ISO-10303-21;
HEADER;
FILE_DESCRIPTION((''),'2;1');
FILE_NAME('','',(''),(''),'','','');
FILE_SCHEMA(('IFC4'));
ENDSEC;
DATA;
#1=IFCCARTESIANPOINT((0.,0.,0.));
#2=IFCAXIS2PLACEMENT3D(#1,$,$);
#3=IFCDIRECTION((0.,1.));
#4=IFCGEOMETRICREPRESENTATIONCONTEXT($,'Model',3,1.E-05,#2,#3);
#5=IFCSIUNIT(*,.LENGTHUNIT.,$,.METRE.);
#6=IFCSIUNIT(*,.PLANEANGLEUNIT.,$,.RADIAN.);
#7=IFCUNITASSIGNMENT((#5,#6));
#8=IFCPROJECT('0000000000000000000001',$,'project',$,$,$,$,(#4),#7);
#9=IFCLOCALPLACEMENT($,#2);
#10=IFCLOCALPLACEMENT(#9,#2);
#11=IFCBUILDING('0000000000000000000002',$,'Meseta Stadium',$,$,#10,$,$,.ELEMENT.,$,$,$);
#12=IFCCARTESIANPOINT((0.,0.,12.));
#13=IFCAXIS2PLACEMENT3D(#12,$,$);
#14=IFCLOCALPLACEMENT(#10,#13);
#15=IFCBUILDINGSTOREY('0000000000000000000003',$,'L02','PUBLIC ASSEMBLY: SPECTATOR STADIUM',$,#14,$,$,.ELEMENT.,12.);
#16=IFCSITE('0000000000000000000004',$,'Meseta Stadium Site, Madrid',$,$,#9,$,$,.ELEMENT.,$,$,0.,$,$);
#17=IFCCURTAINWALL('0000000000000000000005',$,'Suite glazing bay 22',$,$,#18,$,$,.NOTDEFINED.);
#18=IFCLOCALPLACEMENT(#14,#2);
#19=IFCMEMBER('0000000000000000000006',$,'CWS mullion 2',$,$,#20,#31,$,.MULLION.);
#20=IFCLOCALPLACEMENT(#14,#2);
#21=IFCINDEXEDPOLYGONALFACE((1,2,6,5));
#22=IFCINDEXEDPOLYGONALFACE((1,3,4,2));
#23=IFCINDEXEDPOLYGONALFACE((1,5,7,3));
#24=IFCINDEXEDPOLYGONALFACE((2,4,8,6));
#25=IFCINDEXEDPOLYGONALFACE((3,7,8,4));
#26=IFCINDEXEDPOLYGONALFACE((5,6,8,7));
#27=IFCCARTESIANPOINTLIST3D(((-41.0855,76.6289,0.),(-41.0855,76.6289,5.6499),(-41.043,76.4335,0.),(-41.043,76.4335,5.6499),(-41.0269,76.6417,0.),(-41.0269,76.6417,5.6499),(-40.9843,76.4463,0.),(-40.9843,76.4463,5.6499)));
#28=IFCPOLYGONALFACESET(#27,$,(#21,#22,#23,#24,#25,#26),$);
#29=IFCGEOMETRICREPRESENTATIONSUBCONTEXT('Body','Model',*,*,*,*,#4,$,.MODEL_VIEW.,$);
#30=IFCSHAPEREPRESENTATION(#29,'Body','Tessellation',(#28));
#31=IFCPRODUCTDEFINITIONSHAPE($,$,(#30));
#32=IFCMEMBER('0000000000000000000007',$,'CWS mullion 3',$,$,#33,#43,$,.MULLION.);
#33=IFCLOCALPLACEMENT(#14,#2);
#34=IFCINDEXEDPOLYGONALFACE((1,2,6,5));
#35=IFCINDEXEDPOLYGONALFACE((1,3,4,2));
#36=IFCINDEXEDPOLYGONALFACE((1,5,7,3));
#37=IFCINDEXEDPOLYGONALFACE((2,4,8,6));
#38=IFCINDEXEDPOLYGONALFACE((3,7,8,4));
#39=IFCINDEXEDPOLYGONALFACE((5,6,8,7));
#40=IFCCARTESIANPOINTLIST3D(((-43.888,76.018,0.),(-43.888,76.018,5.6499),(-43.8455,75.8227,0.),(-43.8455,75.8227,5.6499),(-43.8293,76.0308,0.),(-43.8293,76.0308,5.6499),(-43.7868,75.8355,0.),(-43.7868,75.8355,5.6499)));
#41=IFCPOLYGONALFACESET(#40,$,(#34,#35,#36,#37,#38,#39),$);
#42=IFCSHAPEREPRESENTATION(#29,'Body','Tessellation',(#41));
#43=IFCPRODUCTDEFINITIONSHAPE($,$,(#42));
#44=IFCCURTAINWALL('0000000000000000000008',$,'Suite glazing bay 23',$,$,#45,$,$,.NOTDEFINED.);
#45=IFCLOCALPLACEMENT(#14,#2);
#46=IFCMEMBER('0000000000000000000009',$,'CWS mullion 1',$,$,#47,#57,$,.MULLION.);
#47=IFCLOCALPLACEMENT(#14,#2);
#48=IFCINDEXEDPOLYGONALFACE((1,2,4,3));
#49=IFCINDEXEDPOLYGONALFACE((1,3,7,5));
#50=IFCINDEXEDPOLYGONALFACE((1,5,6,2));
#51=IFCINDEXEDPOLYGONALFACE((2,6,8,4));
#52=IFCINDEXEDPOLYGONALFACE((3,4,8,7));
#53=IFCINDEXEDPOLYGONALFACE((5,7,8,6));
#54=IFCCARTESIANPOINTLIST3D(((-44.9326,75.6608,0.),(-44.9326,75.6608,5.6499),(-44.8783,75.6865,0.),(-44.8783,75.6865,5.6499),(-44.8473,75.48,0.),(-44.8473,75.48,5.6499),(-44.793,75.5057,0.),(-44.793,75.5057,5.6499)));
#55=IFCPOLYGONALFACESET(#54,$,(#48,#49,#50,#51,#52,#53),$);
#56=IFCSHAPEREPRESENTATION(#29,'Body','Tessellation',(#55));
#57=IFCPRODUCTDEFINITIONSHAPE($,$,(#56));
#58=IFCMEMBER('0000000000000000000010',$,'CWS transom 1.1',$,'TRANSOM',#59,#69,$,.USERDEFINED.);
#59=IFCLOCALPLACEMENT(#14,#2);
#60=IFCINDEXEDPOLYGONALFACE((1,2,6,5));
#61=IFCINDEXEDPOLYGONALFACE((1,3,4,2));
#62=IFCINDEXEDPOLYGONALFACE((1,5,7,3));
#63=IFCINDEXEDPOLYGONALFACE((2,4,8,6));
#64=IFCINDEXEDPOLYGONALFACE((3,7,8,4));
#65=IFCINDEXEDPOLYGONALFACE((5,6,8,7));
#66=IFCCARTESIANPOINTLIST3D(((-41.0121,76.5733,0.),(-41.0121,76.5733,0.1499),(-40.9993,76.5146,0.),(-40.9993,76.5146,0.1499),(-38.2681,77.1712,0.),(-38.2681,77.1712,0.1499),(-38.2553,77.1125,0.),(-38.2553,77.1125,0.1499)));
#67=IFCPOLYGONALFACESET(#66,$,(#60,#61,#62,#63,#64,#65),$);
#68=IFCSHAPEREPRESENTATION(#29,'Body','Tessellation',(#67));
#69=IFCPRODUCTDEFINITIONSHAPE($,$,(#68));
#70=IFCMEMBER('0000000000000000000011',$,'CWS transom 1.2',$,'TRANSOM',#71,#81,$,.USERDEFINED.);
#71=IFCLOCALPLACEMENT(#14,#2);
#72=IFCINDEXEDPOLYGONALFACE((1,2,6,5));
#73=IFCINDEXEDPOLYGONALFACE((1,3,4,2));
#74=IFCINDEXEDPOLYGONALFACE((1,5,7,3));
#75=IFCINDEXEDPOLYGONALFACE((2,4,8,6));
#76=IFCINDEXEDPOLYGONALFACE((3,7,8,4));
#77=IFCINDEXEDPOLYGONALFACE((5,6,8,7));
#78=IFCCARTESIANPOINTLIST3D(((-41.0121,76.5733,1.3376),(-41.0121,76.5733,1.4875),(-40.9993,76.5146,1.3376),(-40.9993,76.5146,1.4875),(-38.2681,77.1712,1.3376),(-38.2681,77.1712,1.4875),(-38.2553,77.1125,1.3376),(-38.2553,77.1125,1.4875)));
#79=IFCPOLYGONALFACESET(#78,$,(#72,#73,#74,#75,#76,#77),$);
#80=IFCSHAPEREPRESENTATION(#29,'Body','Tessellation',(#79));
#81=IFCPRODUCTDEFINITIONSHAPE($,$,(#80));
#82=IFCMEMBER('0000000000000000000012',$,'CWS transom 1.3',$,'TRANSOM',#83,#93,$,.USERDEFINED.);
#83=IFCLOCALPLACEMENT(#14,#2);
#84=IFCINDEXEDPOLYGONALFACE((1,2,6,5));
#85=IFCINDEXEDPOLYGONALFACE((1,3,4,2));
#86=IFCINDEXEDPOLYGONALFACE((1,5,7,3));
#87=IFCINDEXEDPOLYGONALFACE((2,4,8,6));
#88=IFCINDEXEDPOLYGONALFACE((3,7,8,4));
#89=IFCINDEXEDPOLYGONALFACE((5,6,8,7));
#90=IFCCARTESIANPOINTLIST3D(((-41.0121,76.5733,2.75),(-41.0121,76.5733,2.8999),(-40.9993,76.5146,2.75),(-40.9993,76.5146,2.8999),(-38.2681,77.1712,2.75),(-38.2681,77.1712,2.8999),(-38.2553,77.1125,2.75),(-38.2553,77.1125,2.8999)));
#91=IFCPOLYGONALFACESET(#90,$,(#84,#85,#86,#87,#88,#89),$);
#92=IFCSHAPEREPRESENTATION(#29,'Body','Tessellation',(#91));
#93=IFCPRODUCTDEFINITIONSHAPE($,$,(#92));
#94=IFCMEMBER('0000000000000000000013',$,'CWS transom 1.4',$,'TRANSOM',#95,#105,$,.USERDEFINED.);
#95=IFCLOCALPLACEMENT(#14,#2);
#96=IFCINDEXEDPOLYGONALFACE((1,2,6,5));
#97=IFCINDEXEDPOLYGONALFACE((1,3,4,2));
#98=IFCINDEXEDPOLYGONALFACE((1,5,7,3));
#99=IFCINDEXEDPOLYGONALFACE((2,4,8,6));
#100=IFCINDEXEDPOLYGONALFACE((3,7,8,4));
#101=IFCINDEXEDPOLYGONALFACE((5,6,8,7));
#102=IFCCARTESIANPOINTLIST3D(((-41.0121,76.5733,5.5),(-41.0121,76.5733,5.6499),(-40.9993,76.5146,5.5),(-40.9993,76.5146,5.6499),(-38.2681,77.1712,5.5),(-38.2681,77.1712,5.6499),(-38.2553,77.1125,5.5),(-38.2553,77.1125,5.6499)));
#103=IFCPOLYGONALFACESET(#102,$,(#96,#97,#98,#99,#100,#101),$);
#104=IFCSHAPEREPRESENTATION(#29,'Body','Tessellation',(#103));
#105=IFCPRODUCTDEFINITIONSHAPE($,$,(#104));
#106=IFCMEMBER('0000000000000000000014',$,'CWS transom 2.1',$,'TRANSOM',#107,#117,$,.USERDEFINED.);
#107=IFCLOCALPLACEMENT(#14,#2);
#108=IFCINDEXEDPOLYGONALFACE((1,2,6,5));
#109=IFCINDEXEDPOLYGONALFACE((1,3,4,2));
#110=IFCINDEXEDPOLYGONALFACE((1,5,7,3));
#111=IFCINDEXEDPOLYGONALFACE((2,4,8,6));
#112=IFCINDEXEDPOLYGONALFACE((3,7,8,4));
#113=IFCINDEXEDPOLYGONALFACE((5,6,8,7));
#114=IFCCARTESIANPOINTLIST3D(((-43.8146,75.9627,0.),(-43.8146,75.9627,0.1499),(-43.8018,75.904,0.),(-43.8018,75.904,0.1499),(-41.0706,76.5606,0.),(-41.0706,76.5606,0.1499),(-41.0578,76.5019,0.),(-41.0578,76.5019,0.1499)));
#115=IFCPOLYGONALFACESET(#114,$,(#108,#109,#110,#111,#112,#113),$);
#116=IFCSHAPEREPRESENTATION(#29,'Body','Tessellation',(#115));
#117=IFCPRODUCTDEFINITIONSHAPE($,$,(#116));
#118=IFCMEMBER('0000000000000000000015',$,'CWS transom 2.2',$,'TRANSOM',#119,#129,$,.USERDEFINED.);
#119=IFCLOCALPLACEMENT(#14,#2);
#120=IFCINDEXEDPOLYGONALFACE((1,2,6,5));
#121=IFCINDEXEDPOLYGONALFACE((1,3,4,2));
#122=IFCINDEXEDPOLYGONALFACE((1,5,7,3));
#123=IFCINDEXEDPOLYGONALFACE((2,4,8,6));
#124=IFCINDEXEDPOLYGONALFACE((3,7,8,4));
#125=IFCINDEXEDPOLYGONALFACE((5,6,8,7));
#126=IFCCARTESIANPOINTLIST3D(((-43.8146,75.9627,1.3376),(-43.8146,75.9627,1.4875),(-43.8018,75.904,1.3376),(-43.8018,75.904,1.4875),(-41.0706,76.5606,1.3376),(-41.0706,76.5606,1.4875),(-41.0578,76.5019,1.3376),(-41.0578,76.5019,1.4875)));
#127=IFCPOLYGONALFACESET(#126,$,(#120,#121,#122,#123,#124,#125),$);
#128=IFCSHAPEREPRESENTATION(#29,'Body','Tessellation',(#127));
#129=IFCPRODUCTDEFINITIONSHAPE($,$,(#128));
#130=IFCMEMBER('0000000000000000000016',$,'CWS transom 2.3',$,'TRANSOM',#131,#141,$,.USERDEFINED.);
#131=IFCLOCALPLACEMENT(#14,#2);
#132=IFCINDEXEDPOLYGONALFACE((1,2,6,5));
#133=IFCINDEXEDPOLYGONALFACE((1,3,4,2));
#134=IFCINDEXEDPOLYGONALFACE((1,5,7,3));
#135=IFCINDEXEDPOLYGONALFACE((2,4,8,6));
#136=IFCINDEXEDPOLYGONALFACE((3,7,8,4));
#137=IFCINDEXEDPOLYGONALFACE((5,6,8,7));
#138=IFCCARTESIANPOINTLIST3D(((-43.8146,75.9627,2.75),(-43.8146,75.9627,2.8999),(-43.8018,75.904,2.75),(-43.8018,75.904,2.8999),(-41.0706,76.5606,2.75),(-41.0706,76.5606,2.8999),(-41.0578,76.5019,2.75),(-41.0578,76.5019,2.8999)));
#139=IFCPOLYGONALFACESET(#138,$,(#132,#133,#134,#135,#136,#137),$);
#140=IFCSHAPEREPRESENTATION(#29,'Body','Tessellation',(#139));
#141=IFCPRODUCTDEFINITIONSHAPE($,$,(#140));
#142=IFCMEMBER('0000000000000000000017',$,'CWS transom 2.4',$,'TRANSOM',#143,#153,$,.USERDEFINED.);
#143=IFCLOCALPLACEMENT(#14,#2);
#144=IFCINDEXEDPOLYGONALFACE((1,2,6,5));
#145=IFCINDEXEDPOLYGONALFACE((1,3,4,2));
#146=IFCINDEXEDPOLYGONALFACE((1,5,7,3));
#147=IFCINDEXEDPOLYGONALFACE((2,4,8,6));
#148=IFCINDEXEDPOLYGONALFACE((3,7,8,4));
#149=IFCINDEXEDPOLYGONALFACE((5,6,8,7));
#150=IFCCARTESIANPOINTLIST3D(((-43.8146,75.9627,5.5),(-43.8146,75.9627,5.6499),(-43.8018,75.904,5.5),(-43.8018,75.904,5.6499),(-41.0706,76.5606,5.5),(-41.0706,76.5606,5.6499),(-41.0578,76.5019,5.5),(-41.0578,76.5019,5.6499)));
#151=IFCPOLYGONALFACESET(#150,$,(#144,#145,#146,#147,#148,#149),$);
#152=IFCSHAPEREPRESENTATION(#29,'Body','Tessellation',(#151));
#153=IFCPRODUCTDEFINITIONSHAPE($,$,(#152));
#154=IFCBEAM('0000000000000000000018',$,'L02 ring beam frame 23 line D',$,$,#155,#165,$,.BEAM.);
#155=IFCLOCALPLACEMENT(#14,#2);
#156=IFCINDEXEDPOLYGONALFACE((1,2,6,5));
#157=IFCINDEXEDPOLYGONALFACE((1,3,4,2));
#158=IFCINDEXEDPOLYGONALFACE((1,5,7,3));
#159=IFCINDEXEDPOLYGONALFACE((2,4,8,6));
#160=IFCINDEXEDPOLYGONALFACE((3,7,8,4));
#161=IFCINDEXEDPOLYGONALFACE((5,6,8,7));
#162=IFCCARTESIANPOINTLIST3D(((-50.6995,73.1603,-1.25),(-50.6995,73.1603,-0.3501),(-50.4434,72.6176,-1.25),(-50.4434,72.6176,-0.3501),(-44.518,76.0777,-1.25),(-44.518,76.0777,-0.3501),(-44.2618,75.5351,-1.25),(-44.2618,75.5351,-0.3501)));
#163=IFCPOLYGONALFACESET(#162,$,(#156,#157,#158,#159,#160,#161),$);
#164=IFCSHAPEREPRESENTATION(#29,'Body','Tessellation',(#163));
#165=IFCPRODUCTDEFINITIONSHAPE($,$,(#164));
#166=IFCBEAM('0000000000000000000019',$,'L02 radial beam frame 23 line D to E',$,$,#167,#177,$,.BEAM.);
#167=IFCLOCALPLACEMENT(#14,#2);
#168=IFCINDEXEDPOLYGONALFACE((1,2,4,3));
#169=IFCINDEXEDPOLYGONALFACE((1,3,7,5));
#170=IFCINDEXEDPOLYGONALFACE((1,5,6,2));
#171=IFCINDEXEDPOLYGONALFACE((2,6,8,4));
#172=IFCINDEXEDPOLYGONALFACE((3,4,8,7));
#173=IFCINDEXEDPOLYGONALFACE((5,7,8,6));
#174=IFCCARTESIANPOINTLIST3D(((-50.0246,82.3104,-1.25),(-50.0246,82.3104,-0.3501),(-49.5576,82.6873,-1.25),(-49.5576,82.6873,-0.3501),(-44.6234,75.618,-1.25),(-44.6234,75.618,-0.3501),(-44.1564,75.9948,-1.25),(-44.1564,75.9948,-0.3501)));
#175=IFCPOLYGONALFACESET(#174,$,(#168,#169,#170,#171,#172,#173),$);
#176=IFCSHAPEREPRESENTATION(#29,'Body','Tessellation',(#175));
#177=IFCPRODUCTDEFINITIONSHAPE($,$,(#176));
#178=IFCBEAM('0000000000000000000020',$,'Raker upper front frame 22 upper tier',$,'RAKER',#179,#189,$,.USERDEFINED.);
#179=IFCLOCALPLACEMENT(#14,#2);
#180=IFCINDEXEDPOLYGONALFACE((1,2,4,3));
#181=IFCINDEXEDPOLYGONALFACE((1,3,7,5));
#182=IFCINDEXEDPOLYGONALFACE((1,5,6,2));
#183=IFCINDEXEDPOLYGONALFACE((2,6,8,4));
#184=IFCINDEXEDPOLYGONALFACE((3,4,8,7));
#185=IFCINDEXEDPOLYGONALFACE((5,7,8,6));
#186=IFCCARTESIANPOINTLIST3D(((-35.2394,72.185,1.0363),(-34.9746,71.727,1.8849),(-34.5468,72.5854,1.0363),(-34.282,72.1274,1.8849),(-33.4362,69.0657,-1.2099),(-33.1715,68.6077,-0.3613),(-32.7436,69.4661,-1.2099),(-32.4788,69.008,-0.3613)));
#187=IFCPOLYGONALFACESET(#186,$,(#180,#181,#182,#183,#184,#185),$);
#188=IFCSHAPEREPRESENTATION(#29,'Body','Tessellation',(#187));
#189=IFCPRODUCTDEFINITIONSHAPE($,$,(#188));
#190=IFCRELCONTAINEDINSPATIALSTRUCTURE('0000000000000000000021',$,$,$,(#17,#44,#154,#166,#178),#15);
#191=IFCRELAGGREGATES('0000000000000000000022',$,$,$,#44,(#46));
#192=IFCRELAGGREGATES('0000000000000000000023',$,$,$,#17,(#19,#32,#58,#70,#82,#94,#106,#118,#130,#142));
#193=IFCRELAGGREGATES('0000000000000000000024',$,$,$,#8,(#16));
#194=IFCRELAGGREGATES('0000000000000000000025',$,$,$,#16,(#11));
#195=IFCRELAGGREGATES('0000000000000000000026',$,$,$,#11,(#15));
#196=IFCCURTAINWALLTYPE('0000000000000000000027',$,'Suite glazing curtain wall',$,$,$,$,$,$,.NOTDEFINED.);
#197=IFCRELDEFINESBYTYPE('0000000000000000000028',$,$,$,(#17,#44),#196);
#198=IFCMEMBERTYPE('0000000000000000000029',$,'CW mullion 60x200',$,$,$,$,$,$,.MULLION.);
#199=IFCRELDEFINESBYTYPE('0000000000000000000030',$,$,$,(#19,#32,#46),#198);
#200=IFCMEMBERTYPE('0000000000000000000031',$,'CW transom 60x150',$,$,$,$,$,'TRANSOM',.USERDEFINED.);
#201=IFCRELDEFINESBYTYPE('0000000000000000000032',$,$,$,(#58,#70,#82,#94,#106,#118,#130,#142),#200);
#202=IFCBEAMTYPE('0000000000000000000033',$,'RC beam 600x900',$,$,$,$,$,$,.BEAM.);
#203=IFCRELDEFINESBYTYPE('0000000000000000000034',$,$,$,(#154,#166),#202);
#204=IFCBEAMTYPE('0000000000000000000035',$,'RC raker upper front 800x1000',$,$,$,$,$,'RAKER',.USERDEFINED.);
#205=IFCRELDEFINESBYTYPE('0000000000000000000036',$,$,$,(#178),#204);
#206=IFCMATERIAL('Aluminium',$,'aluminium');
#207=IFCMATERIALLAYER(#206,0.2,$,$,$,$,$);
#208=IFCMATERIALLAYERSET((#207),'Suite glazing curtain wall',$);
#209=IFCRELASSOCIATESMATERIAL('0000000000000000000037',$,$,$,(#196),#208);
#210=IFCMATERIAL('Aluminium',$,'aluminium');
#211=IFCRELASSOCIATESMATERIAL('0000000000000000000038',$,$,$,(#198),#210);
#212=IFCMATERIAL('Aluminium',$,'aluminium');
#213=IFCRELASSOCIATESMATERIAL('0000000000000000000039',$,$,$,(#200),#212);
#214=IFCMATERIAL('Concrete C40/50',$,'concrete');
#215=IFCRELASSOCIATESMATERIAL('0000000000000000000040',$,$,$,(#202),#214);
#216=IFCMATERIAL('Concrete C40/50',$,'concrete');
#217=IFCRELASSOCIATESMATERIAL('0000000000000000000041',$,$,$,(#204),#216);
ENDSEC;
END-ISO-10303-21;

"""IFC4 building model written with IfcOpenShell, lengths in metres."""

from ifc_helpers import new_model, si_unit, direction, frame, origin, origin_2d, place, context, subcontext, project, spatial, rectangle, extrude, material, layer, layer_set, material_profile, profile_set, type_object, element, aggregate, save


model = new_model("IFC4")

# Units and contexts
model_context = context("Model", 3, precision=1e-05, world=origin(), true_north=direction((0.0, 1.0)))
body_context = subcontext(model_context, "Body", "Model", "MODEL_VIEW")
ifc_project = project(units=[si_unit("LENGTHUNIT", "METRE"), si_unit("PLANEANGLEUNIT", "RADIAN")], contexts=[model_context])

# Site, building, storey
site_placement = place(None, origin())
site = spatial("IfcSite", under=ifc_project, at=site_placement, Name="Meseta Stadium Site, Madrid", CompositionType="ELEMENT", RefElevation=0.0)
building_placement = place(site_placement, origin())
building = spatial("IfcBuilding", under=site, at=building_placement, Name="Meseta Stadium", CompositionType="ELEMENT")
storey_placement = place(building_placement, frame((0.0, 0.0, 12.0)))
storey = spatial("IfcBuildingStorey", under=building, at=storey_placement, Name="L02", Description="PUBLIC ASSEMBLY: SPECTATOR STADIUM", CompositionType="ELEMENT", Elevation=12.0)

# Curtain wall, members
ifc_material_1 = material(Name="Aluminium", Category="aluminium")
ifc_layer_1 = layer(ifc_material_1, 0.2)
ifc_layer_set_1 = layer_set([ifc_layer_1], Name="Suite glazing curtain wall")
curtain_wall_type = type_object("IfcCurtainWallType", Name="Suite glazing curtain wall", PredefinedType="NOTDEFINED", material=ifc_layer_set_1)
curtain_wall_1_placement = place(storey_placement, origin())
curtain_wall_1 = element("IfcCurtainWall", 1, at=curtain_wall_1_placement, inside=storey, type_object=curtain_wall_type, Name="Suite glazing bay 22", PredefinedType="NOTDEFINED")
ifc_material_2 = material(Name="Aluminium", Category="aluminium")
ifc_material_profile_1 = material_profile(ifc_material_2, rectangle(XDim=0.2, YDim=0.0601, at=origin_2d()), Name="CW 200x60")
ifc_profile_set_1 = profile_set([ifc_material_profile_1], Name="Aluminium")
member_type_1 = type_object("IfcMemberType", Name="CW mullion 60x200", PredefinedType="MULLION", material=ifc_profile_set_1)
member_1_placement = place(storey_placement, frame((-41.0349, 76.5376, 0.0), z_axis=(0.0, 0.0, 1.0), x_axis=(0.212917, -0.97707, 0.0)))
member_1 = element("IfcMember", 2, at=member_1_placement, type_object=member_type_1, Name="CWS mullion 2", PredefinedType="MULLION", context=body_context, shape_type="SweptSolid", body=[
    extrude(rectangle(XDim=0.2, YDim=0.0601, at=origin_2d()), origin(), (0.0, 0.0, 1.0), 5.6499),
])
member_2_placement = place(storey_placement, frame((-43.8374, 75.9268, 0.0), z_axis=(0.0, 0.0, 1.0), x_axis=(0.212917, -0.97707, 0.0)))
member_2 = element("IfcMember", 3, at=member_2_placement, type_object=member_type_1, Name="CWS mullion 3", PredefinedType="MULLION", context=body_context, shape_type="SweptSolid", body=[
    extrude(rectangle(XDim=0.2, YDim=0.0601, at=origin_2d()), origin(), (0.0, 0.0, 1.0), 5.6499),
])

# Curtain wall, member
curtain_wall_2_placement = place(storey_placement, origin())
curtain_wall_2 = element("IfcCurtainWall", 4, at=curtain_wall_2_placement, inside=storey, type_object=curtain_wall_type, Name="Suite glazing bay 23", PredefinedType="NOTDEFINED")
member_3_placement = place(storey_placement, frame((-44.8628, 75.5833, 0.0), z_axis=(0.0, 0.0, 1.0), x_axis=(0.426837, -0.904328, 0.0)))
member_3 = element("IfcMember", 5, at=member_3_placement, type_object=member_type_1, Name="CWS mullion 1", PredefinedType="MULLION", context=body_context, shape_type="SweptSolid", body=[
    extrude(rectangle(XDim=0.2, YDim=0.0601, at=origin_2d()), origin(), (0.0, 0.0, 1.0), 5.6499),
])
aggregate(curtain_wall_2, [member_3])

# Members
ifc_material_3 = material(Name="Aluminium", Category="aluminium")
ifc_material_profile_2 = material_profile(ifc_material_3, rectangle(XDim=0.0601, YDim=0.1499, at=origin_2d()), Name="CW 60x150")
ifc_profile_set_2 = profile_set([ifc_material_profile_2], Name="Aluminium")
member_type_2 = type_object("IfcMemberType", Name="CW transom 60x150", ElementType="TRANSOM", PredefinedType="USERDEFINED", material=ifc_profile_set_2)
member_4_placement = place(storey_placement, frame((-38.2617, 77.1418, 0.075), z_axis=(-0.977073, -0.212906, 0.0), x_axis=(0.212906, -0.977073, 0.0)))
member_4 = element("IfcMember", 6, at=member_4_placement, type_object=member_type_2, Name="CWS transom 1.1", ObjectType="TRANSOM", PredefinedType="USERDEFINED", context=body_context, shape_type="SweptSolid", body=[
    extrude(rectangle(XDim=0.0601, YDim=0.1499, at=origin_2d()), origin(), (0.0, 0.0, 1.0), 2.8083),
])
member_5_placement = place(storey_placement, frame((-38.2617, 77.1418, 1.4126), z_axis=(-0.977073, -0.212906, 0.0), x_axis=(0.212906, -0.977073, 0.0)))
member_5 = element("IfcMember", 7, at=member_5_placement, type_object=member_type_2, Name="CWS transom 1.2", ObjectType="TRANSOM", PredefinedType="USERDEFINED", context=body_context, shape_type="SweptSolid", body=[
    extrude(rectangle(XDim=0.0601, YDim=0.1499, at=origin_2d()), origin(), (0.0, 0.0, 1.0), 2.8083),
])
member_6_placement = place(storey_placement, frame((-38.2617, 77.1418, 2.825), z_axis=(-0.977073, -0.212906, 0.0), x_axis=(0.212906, -0.977073, 0.0)))
member_6 = element("IfcMember", 8, at=member_6_placement, type_object=member_type_2, Name="CWS transom 1.3", ObjectType="TRANSOM", PredefinedType="USERDEFINED", context=body_context, shape_type="SweptSolid", body=[
    extrude(rectangle(XDim=0.0601, YDim=0.1499, at=origin_2d()), origin(), (0.0, 0.0, 1.0), 2.8083),
])
member_7_placement = place(storey_placement, frame((-38.2617, 77.1418, 5.575), z_axis=(-0.977073, -0.212906, 0.0), x_axis=(0.212906, -0.977073, 0.0)))
member_7 = element("IfcMember", 9, at=member_7_placement, type_object=member_type_2, Name="CWS transom 1.4", ObjectType="TRANSOM", PredefinedType="USERDEFINED", context=body_context, shape_type="SweptSolid", body=[
    extrude(rectangle(XDim=0.0601, YDim=0.1499, at=origin_2d()), origin(), (0.0, 0.0, 1.0), 2.8083),
])
member_8_placement = place(storey_placement, frame((-41.0642, 76.5312, 0.075), z_axis=(-0.977073, -0.212906, 0.0), x_axis=(0.212906, -0.977073, 0.0)))
member_8 = element("IfcMember", 10, at=member_8_placement, type_object=member_type_2, Name="CWS transom 2.1", ObjectType="TRANSOM", PredefinedType="USERDEFINED", context=body_context, shape_type="SweptSolid", body=[
    extrude(rectangle(XDim=0.0601, YDim=0.1499, at=origin_2d()), origin(), (0.0, 0.0, 1.0), 2.8083),
])
member_9_placement = place(storey_placement, frame((-41.0642, 76.5312, 1.4126), z_axis=(-0.977073, -0.212906, 0.0), x_axis=(0.212906, -0.977073, 0.0)))
member_9 = element("IfcMember", 11, at=member_9_placement, type_object=member_type_2, Name="CWS transom 2.2", ObjectType="TRANSOM", PredefinedType="USERDEFINED", context=body_context, shape_type="SweptSolid", body=[
    extrude(rectangle(XDim=0.0601, YDim=0.1499, at=origin_2d()), origin(), (0.0, 0.0, 1.0), 2.8083),
])
member_10_placement = place(storey_placement, frame((-41.0642, 76.5312, 2.825), z_axis=(-0.977073, -0.212906, 0.0), x_axis=(0.212906, -0.977073, 0.0)))
member_10 = element("IfcMember", 12, at=member_10_placement, type_object=member_type_2, Name="CWS transom 2.3", ObjectType="TRANSOM", PredefinedType="USERDEFINED", context=body_context, shape_type="SweptSolid", body=[
    extrude(rectangle(XDim=0.0601, YDim=0.1499, at=origin_2d()), origin(), (0.0, 0.0, 1.0), 2.8083),
])
member_11_placement = place(storey_placement, frame((-41.0642, 76.5312, 5.575), z_axis=(-0.977073, -0.212906, 0.0), x_axis=(0.212906, -0.977073, 0.0)))
member_11 = element("IfcMember", 13, at=member_11_placement, type_object=member_type_2, Name="CWS transom 2.4", ObjectType="TRANSOM", PredefinedType="USERDEFINED", context=body_context, shape_type="SweptSolid", body=[
    extrude(rectangle(XDim=0.0601, YDim=0.1499, at=origin_2d()), origin(), (0.0, 0.0, 1.0), 2.8083),
])

# Beams
ifc_material_4 = material(Name="Concrete C40/50", Category="concrete")
ifc_material_profile_3 = material_profile(ifc_material_4, rectangle(XDim=0.6001, YDim=0.8999, at=origin_2d()), Name="RC 600x900")
ifc_profile_set_3 = profile_set([ifc_material_profile_3], Name="Concrete C40/50")
beam_type_1 = type_object("IfcBeamType", Name="RC beam 600x900", PredefinedType="BEAM", material=ifc_profile_set_3)
beam_1_placement = place(storey_placement, frame((-44.3899, 75.8064, -0.8), z_axis=(-0.904341, -0.426812, 0.0), x_axis=(0.426812, -0.904341, 0.0)))
element("IfcBeam", 14, at=beam_1_placement, inside=storey, type_object=beam_type_1, Name="L02 ring beam frame 23 line D", PredefinedType="BEAM", context=body_context, shape_type="SweptSolid", body=[
    extrude(rectangle(XDim=0.6001, YDim=0.8999, at=origin_2d()), origin(), (0.0, 0.0, 1.0), 6.8354),
])
beam_2_placement = place(storey_placement, frame((-44.3899, 75.8064, -0.8), z_axis=(-0.628037, 0.778183, 0.0), x_axis=(-0.778183, -0.628037, 0.0)))
element("IfcBeam", 15, at=beam_2_placement, inside=storey, type_object=beam_type_1, Name="L02 radial beam frame 23 line D to E", PredefinedType="BEAM", context=body_context, shape_type="SweptSolid", body=[
    extrude(rectangle(XDim=0.6001, YDim=0.8999, at=origin_2d()), origin(), (0.0, 0.0, 1.0), 8.6001),
])
ifc_material_5 = material(Name="Concrete C40/50", Category="concrete")
ifc_material_profile_4 = material_profile(ifc_material_5, rectangle(XDim=0.8, YDim=1.0, at=origin_2d()), Name="RC 800x1000")
ifc_profile_set_4 = profile_set([ifc_material_profile_4], Name="Concrete C40/50")
beam_type_2 = type_object("IfcBeamType", Name="RC raker upper front 800x1000", ElementType="RAKER", PredefinedType="USERDEFINED", material=ifc_profile_set_4)
beam_3_placement = place(storey_placement, frame((-32.9575, 69.0369, -0.7856), z_axis=(-0.424691, 0.734671, 0.529053), x_axis=(-0.865755, -0.500467, 0.0)))
element("IfcBeam", 16, at=beam_3_placement, inside=storey, type_object=beam_type_2, Name="Raker upper front frame 22 upper tier", ObjectType="RAKER", PredefinedType="USERDEFINED", context=body_context, shape_type="SweptSolid", body=[
    extrude(rectangle(XDim=0.8, YDim=1.0, at=origin_2d()), origin(), (0.0, 0.0, 1.0), 4.2458),
])

aggregate(curtain_wall_1, [member_1, member_2, member_4, member_5, member_6, member_7, member_8, member_9, member_10, member_11])

save(model, "model.ifc")
